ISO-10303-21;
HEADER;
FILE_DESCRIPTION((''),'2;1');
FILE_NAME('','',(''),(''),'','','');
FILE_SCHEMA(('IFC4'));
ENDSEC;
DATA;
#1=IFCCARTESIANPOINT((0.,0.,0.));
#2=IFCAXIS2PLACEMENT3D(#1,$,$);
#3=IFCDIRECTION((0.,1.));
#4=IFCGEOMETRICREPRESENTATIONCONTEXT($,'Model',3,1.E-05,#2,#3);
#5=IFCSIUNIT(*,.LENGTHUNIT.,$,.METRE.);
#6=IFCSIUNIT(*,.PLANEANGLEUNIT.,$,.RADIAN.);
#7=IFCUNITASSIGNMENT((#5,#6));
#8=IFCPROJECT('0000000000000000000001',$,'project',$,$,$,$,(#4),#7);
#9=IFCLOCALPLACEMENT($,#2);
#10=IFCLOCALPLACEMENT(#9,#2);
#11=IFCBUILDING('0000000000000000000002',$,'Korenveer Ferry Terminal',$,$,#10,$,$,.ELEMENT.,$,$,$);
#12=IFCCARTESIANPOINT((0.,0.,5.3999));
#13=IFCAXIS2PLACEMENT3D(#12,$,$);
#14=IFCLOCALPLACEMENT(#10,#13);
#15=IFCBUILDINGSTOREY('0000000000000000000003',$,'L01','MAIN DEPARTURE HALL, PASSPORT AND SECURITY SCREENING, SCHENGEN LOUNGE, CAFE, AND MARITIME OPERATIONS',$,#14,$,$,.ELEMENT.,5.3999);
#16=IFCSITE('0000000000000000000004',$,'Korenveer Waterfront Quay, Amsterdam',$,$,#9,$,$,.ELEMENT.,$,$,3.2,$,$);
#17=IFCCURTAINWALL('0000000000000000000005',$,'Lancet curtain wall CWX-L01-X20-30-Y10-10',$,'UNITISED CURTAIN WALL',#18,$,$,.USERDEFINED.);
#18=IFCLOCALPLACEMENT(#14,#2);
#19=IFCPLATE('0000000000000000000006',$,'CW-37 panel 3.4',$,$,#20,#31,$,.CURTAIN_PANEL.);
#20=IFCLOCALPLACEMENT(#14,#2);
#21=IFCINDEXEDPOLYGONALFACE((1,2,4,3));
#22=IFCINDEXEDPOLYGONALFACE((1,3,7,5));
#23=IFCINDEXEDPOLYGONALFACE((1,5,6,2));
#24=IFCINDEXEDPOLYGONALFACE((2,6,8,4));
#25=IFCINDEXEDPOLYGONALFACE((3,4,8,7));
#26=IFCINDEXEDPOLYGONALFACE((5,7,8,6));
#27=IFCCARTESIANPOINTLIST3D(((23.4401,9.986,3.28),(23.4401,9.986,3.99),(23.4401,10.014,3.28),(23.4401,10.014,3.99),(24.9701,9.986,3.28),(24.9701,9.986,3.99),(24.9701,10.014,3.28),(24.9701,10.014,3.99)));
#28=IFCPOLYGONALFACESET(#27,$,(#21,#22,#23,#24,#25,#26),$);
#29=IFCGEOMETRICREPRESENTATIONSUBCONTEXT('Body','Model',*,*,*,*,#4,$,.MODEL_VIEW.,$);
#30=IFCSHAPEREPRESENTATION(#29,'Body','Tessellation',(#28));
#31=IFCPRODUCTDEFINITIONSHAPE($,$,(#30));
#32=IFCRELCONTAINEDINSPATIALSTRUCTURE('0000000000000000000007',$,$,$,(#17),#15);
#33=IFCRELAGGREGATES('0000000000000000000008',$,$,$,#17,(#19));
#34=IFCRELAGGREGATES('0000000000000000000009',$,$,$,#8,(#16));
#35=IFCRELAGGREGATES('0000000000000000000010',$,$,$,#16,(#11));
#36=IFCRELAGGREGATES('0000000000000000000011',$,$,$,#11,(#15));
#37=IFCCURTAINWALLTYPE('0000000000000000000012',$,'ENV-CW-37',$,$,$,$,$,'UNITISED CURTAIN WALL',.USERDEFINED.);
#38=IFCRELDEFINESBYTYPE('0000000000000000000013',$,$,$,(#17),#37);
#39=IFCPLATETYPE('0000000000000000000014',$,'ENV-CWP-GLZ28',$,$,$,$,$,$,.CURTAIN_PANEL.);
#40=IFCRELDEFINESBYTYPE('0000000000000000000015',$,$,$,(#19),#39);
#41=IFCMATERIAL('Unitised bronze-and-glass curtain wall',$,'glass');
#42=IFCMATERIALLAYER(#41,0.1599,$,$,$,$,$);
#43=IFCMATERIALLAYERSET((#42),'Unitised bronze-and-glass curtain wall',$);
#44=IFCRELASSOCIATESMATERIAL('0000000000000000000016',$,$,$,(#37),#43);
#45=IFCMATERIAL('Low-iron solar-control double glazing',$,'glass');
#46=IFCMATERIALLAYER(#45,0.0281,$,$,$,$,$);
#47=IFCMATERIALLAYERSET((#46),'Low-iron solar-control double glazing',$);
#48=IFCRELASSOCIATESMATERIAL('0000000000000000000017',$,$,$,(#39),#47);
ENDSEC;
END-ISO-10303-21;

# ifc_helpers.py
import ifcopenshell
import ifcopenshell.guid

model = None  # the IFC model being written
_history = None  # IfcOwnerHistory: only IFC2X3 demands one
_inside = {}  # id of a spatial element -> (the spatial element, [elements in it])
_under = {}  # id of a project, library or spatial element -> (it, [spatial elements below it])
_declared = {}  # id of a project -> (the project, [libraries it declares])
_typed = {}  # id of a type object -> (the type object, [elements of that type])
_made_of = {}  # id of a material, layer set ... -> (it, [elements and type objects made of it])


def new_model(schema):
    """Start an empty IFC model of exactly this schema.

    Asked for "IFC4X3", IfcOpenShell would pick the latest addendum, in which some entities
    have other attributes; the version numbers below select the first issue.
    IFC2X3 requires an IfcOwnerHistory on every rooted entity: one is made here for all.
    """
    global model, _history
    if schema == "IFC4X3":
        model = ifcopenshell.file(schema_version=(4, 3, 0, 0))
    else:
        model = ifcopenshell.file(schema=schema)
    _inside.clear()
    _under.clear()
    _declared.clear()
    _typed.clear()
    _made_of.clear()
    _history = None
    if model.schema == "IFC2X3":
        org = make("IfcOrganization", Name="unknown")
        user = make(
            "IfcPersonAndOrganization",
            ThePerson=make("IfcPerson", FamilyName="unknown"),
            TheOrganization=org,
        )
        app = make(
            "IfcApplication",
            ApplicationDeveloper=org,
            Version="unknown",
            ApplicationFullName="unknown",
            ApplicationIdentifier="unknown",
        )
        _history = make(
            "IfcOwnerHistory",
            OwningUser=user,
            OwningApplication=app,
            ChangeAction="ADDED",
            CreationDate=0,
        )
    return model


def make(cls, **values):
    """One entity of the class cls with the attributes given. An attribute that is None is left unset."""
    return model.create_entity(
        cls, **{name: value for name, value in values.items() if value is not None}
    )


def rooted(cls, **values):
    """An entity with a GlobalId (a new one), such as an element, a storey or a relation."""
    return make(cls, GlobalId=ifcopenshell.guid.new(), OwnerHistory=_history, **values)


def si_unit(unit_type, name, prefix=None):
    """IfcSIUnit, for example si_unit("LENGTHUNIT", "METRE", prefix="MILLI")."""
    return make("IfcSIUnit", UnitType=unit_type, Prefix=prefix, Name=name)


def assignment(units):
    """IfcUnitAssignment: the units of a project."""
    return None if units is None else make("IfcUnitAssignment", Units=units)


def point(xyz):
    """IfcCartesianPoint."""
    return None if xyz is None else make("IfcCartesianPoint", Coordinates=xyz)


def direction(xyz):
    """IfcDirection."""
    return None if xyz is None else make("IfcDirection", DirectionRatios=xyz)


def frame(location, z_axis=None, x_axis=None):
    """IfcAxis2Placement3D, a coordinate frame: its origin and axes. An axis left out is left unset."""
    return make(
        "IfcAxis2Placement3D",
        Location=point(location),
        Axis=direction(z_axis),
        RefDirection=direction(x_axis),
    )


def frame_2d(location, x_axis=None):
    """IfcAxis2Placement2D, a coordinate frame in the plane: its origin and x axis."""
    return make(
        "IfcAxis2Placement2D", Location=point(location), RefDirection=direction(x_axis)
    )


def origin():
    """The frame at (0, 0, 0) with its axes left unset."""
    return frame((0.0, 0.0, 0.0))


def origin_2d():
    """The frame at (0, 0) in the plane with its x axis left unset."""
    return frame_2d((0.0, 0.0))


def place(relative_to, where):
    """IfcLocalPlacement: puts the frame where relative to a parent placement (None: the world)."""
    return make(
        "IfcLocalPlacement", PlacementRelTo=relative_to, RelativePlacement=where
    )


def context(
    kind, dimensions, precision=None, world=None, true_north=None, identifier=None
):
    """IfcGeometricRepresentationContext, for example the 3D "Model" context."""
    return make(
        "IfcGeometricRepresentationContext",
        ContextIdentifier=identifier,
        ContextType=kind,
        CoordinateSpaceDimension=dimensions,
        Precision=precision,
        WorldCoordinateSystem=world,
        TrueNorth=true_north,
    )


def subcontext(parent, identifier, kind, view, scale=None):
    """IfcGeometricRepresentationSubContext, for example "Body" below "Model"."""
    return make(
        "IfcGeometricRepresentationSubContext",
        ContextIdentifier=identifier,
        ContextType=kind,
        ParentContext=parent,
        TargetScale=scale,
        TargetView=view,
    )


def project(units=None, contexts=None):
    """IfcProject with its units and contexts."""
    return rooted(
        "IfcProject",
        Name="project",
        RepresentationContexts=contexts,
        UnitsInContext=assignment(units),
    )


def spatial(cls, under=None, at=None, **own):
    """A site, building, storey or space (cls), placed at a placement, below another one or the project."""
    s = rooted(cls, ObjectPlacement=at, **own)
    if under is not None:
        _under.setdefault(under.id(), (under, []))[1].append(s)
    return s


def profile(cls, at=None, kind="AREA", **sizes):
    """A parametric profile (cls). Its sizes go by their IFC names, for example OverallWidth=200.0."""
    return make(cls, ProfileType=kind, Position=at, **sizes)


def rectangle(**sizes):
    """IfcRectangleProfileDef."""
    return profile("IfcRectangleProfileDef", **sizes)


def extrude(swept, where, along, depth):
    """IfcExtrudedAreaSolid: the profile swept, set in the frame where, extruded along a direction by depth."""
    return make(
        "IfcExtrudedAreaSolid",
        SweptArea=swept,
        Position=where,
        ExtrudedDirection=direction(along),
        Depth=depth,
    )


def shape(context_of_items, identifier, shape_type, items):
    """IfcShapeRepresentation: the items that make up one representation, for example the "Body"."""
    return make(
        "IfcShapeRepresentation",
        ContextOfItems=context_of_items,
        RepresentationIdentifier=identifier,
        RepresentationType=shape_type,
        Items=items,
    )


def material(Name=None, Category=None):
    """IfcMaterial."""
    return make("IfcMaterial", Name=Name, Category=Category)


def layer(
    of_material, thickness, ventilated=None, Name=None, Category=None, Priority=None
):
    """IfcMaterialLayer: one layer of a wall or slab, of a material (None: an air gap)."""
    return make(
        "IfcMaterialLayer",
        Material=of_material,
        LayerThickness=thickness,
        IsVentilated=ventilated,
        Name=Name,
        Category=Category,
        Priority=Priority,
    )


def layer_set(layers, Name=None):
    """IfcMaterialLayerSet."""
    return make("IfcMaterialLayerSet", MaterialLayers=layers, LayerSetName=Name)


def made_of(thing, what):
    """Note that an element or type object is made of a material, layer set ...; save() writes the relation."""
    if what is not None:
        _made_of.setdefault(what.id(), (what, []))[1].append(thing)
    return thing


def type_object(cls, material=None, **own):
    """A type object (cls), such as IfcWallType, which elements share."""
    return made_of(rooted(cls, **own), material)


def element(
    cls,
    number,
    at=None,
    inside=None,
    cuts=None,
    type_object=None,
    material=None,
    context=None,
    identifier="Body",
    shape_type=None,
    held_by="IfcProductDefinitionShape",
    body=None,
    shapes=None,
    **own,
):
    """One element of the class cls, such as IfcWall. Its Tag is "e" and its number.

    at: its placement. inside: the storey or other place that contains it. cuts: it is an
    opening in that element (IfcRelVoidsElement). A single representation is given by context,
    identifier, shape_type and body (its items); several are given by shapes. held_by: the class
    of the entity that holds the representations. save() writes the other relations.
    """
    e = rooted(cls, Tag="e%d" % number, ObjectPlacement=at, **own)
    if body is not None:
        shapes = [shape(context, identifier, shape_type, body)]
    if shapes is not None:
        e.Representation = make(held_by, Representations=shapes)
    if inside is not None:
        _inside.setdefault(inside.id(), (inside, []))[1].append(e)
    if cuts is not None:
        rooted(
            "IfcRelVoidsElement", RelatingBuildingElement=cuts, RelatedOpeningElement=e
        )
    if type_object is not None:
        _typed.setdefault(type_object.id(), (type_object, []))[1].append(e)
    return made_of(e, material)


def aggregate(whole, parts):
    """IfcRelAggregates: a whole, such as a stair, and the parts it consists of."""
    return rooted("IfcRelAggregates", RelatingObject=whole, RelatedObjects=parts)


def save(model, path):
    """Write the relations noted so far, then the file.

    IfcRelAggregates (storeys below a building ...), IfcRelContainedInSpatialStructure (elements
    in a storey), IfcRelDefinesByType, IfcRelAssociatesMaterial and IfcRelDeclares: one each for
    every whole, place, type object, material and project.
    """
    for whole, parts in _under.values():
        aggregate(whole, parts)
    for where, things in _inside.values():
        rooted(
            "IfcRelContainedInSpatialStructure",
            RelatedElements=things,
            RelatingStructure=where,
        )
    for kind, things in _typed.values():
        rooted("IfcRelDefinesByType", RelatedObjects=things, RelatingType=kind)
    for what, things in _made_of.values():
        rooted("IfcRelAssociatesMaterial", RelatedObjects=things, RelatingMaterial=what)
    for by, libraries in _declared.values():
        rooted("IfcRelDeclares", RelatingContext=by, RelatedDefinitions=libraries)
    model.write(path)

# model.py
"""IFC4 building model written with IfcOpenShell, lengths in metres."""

from ifc_helpers import new_model, si_unit, direction, frame, origin, origin_2d, place, context, subcontext, project, spatial, rectangle, extrude, material, layer, layer_set, type_object, element, aggregate, save


model = new_model("IFC4")

# Units and contexts
model_context = context("Model", 3, precision=1e-05, world=origin(), true_north=direction((0.0, 1.0)))
body_context = subcontext(model_context, "Body", "Model", "MODEL_VIEW")
ifc_project = project(units=[si_unit("LENGTHUNIT", "METRE"), si_unit("PLANEANGLEUNIT", "RADIAN")], contexts=[model_context])

# Site, building, storey
site_placement = place(None, origin())
site = spatial("IfcSite", under=ifc_project, at=site_placement, Name="Korenveer Waterfront Quay, Amsterdam", CompositionType="ELEMENT", RefElevation=3.2)
building_placement = place(site_placement, origin())
building = spatial("IfcBuilding", under=site, at=building_placement, Name="Korenveer Ferry Terminal", CompositionType="ELEMENT")
storey_placement = place(building_placement, frame((0.0, 0.0, 5.3999)))
storey = spatial("IfcBuildingStorey", under=building, at=storey_placement, Name="L01", Description="MAIN DEPARTURE HALL, PASSPORT AND SECURITY SCREENING, SCHENGEN LOUNGE, CAFE, AND MARITIME OPERATIONS", CompositionType="ELEMENT", Elevation=5.3999)

# Curtain wall
ifc_material_1 = material(Name="Unitised bronze-and-glass curtain wall", Category="glass")
ifc_layer_1 = layer(ifc_material_1, 0.1599)
ifc_layer_set_1 = layer_set([ifc_layer_1], Name="Unitised bronze-and-glass curtain wall")
curtain_wall_type = type_object("IfcCurtainWallType", Name="ENV-CW-37", ElementType="UNITISED CURTAIN WALL", PredefinedType="USERDEFINED", material=ifc_layer_set_1)
curtain_wall_placement = place(storey_placement, frame((20.23, 10.0, 0.0)))
curtain_wall = element("IfcCurtainWall", 1, at=curtain_wall_placement, inside=storey, type_object=curtain_wall_type, Name="Lancet curtain wall CWX-L01-X20-30-Y10-10", ObjectType="UNITISED CURTAIN WALL", PredefinedType="USERDEFINED")

# Plate
ifc_material_2 = material(Name="Low-iron solar-control double glazing", Category="glass")
ifc_layer_2 = layer(ifc_material_2, 0.0281)
ifc_layer_set_2 = layer_set([ifc_layer_2], Name="Low-iron solar-control double glazing")
plate_type = type_object("IfcPlateType", Name="ENV-CWP-GLZ28", PredefinedType="CURTAIN_PANEL", material=ifc_layer_set_2)
plate_1_placement = place(storey_placement, frame((24.2051, 10.0, 3.28), z_axis=(0.0, 0.0, 1.0), x_axis=(1.0, 0.0, 0.0)))
plate_1 = element("IfcPlate", 2, at=plate_1_placement, type_object=plate_type, Name="CW-37 panel 3.4", PredefinedType="CURTAIN_PANEL", context=body_context, shape_type="SweptSolid", body=[
    extrude(rectangle(XDim=1.53, YDim=0.0281, at=origin_2d()), origin(), (0.0, 0.0, 1.0), 0.71),
])
aggregate(curtain_wall, [plate_1])

save(model, "model.ifc")
